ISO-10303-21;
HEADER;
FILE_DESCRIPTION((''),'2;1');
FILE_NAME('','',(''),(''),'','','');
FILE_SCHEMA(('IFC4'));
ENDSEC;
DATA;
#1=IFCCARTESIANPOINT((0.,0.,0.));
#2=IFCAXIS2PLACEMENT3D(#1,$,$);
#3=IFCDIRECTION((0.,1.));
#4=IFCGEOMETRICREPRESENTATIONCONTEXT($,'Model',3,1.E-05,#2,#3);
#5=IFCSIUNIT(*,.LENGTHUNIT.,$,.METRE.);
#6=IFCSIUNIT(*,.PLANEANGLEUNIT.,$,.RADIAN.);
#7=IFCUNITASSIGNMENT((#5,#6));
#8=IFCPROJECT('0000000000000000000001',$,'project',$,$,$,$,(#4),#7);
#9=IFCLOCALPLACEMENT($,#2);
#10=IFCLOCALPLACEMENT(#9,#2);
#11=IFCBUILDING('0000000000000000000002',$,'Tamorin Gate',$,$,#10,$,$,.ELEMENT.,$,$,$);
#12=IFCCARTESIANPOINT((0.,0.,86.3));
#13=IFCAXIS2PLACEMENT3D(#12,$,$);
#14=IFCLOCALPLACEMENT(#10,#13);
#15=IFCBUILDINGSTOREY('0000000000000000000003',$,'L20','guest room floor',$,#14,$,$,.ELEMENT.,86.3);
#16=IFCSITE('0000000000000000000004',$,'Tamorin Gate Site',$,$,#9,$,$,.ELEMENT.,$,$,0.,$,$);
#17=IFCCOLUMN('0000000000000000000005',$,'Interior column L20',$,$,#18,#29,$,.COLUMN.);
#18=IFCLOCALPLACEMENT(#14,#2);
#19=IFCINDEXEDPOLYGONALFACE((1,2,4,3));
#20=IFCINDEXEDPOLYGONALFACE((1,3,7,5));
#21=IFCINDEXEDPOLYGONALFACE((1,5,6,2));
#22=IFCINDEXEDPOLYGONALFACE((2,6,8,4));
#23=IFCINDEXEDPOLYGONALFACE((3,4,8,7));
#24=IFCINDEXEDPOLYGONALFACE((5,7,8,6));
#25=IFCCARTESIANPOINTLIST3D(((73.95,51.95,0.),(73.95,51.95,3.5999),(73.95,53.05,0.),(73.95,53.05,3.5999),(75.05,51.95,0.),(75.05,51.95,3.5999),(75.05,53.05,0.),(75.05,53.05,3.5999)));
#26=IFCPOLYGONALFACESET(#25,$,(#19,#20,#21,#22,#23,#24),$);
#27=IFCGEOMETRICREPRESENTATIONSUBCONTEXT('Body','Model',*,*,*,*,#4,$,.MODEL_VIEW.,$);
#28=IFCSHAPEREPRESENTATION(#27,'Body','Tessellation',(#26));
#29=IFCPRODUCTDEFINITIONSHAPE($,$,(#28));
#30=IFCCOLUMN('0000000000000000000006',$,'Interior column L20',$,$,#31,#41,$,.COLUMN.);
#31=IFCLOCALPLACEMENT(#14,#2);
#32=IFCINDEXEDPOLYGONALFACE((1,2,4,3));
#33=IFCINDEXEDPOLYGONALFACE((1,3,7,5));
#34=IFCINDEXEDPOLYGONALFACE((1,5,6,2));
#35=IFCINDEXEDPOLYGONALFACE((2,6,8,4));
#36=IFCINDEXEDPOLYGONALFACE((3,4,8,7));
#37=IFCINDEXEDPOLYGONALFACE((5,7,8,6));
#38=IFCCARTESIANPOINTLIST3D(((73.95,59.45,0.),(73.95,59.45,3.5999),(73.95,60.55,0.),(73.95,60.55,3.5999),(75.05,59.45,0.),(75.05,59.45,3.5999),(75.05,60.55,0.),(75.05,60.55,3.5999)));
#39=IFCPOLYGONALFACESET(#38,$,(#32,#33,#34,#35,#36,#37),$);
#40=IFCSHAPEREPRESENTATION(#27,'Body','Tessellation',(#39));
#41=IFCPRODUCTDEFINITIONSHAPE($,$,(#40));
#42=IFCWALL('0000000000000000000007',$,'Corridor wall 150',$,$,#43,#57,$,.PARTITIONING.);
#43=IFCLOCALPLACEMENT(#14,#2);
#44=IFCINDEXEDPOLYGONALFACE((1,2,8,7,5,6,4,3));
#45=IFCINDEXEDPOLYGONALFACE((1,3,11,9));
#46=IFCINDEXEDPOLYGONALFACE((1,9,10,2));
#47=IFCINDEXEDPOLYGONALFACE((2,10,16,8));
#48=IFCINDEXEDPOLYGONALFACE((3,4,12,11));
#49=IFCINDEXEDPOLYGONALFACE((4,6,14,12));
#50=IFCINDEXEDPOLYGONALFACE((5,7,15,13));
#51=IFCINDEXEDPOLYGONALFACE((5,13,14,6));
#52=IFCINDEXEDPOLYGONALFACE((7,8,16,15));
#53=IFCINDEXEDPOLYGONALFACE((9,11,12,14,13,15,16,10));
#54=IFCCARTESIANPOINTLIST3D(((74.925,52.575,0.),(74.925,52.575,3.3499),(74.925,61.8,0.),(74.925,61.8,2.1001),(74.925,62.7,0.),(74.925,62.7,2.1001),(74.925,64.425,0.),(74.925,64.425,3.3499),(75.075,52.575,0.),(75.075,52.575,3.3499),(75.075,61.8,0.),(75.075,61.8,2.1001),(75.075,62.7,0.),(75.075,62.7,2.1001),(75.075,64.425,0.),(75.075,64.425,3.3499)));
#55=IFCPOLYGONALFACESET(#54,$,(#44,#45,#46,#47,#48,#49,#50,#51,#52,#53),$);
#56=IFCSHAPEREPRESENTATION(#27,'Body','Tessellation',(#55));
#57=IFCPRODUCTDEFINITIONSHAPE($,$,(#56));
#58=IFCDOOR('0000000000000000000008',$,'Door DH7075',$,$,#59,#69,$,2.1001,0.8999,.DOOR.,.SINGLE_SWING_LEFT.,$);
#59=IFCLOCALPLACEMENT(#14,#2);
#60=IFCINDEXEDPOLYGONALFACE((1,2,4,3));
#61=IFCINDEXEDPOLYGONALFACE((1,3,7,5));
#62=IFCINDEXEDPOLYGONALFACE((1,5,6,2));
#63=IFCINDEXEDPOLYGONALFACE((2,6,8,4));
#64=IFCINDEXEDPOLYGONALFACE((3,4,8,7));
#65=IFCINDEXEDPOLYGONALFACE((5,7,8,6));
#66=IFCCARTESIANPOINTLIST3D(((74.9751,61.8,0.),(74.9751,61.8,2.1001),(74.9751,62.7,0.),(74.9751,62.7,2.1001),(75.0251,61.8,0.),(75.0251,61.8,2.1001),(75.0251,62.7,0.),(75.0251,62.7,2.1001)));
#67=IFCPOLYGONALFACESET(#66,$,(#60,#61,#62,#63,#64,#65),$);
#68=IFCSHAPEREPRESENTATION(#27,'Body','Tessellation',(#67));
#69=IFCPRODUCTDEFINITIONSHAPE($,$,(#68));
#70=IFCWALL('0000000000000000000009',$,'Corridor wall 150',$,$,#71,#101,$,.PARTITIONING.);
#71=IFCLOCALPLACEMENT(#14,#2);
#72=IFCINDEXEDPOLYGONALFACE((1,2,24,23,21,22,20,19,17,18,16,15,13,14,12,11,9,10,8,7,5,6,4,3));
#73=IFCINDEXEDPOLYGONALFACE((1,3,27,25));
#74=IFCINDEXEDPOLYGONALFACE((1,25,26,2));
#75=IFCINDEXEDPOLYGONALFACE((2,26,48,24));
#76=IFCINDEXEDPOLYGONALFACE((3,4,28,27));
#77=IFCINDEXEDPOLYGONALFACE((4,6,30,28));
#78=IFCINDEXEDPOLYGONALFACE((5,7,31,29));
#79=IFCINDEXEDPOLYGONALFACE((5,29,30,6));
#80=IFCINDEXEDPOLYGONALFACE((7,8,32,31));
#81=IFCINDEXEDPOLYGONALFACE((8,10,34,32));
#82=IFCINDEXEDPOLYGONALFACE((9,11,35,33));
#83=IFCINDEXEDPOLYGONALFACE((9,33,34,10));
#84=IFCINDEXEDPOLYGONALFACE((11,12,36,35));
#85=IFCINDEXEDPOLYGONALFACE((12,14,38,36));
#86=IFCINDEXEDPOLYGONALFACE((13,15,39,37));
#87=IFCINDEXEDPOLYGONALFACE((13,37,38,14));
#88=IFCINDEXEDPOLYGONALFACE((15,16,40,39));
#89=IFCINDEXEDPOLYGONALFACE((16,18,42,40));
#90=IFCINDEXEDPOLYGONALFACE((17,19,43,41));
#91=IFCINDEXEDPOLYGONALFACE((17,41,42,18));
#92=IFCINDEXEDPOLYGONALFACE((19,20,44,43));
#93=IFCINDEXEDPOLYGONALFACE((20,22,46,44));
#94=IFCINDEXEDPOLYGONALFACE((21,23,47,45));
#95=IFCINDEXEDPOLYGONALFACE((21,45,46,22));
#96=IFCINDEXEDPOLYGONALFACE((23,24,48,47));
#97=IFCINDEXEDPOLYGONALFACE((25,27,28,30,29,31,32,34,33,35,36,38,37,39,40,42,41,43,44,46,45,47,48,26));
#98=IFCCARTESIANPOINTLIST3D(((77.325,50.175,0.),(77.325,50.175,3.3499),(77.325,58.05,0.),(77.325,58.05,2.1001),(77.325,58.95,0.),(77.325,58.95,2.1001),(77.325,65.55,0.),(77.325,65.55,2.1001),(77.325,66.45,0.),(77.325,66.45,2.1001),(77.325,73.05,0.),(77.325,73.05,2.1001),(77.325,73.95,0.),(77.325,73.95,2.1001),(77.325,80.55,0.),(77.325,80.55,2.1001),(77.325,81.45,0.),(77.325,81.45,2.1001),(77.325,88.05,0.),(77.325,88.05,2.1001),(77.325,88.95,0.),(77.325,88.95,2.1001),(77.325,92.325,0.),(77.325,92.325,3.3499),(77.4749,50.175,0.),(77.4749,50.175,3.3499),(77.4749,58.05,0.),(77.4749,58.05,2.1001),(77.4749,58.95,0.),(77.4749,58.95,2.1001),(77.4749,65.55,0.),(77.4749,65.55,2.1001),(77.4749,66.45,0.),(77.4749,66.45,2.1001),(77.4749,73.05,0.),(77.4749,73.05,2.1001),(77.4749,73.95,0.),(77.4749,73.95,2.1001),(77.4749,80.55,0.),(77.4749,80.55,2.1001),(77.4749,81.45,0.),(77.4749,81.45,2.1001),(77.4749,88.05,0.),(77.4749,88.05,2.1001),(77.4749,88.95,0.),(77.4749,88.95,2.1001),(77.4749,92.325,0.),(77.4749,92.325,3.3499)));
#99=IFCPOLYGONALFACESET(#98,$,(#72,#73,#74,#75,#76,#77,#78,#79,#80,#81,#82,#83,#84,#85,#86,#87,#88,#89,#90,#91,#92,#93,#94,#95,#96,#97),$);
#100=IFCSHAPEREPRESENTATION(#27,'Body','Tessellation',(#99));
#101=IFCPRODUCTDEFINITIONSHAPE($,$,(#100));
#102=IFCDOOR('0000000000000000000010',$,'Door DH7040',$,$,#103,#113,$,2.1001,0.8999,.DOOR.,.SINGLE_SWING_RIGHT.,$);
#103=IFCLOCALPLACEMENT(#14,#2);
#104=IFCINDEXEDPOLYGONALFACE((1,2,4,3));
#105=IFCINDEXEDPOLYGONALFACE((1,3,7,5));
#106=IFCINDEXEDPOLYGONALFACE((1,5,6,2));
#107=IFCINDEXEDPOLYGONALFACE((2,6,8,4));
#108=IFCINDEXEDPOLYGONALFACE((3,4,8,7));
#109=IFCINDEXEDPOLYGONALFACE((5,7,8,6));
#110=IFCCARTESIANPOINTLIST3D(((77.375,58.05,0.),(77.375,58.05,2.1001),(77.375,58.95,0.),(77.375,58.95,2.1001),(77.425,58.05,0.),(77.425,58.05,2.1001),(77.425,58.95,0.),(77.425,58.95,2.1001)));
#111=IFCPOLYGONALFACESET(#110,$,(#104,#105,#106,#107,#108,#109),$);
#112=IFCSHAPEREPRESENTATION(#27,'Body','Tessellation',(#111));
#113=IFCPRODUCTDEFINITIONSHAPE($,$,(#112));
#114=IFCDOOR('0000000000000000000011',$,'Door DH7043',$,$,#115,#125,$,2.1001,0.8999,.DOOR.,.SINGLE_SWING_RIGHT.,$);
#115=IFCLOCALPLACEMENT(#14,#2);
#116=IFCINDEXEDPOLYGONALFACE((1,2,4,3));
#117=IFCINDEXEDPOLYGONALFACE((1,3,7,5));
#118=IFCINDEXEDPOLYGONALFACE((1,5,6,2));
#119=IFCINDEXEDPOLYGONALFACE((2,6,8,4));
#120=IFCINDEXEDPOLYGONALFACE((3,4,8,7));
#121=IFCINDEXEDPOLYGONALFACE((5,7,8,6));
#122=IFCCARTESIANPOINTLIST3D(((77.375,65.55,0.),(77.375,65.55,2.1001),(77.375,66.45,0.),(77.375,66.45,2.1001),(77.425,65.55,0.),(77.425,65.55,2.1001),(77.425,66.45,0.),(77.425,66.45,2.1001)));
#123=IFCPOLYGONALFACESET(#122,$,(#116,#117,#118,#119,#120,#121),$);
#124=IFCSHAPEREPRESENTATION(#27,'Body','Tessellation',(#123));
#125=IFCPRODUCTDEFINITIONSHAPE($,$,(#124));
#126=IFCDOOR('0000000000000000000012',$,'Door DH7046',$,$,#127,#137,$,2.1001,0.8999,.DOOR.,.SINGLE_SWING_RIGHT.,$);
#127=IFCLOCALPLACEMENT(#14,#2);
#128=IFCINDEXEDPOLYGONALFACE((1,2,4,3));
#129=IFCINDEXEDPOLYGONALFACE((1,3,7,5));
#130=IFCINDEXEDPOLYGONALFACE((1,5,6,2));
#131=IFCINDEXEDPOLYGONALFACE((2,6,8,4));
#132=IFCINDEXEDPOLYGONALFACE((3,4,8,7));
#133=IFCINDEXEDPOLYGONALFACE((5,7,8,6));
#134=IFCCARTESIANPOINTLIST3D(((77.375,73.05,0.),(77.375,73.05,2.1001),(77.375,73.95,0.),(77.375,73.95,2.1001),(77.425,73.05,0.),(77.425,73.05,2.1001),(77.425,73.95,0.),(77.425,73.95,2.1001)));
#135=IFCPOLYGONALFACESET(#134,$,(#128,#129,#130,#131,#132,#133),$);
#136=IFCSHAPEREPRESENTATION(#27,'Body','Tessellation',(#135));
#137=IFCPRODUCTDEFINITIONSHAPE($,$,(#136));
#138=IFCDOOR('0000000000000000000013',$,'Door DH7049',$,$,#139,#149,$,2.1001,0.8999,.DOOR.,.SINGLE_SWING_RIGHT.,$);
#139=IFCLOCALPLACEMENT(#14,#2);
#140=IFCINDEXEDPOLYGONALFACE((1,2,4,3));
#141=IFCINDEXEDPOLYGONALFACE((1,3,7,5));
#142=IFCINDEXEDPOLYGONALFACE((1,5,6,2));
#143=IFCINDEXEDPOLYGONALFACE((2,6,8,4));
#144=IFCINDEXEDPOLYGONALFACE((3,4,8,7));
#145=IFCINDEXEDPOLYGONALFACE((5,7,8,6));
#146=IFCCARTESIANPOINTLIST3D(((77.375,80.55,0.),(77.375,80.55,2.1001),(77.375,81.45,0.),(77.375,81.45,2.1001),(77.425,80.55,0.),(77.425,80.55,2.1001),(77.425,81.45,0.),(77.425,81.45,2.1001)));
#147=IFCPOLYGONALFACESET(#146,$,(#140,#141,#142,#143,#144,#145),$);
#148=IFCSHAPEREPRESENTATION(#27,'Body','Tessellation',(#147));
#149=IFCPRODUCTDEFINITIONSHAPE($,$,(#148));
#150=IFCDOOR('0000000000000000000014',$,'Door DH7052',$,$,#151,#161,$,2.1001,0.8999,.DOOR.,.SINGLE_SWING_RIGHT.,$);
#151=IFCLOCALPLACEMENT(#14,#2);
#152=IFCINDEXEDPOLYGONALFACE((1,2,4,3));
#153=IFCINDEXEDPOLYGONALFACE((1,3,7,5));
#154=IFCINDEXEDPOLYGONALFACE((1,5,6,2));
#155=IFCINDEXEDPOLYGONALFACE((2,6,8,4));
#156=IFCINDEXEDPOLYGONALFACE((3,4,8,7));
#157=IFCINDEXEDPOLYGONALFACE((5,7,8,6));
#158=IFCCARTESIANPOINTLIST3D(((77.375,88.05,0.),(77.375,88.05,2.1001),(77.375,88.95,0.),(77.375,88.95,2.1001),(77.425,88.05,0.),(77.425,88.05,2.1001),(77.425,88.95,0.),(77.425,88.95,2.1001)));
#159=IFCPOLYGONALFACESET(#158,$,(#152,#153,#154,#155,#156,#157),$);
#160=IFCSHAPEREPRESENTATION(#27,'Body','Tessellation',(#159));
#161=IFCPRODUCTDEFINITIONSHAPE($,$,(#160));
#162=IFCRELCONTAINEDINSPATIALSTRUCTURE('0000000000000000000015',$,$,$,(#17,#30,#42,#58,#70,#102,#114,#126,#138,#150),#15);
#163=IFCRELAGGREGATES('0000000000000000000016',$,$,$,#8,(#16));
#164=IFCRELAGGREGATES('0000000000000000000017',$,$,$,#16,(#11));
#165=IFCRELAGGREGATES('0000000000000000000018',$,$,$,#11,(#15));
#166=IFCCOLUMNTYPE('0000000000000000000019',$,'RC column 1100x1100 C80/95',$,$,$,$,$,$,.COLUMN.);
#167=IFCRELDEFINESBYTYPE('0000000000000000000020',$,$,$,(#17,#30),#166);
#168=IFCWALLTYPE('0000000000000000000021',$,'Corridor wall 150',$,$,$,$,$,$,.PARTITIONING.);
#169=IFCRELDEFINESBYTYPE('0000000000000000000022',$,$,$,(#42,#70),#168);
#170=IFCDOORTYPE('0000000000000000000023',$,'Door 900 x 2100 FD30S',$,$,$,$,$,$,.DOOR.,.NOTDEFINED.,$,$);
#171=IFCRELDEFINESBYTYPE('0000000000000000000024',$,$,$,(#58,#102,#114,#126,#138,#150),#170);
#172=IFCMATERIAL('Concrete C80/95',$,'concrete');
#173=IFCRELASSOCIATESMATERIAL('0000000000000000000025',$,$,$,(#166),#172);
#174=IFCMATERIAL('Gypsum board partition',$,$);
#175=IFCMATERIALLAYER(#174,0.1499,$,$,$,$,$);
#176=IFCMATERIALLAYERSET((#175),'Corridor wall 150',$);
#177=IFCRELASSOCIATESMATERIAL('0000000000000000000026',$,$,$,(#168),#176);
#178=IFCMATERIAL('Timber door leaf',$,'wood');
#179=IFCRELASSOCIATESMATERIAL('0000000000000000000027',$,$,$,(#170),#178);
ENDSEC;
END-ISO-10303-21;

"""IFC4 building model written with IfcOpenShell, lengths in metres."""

from ifc_helpers import new_model, si_unit, direction, frame, frame_2d, origin, origin_2d, place, context, subcontext, project, spatial, rectangle, extrude, material, layer, layer_set, material_profile, profile_set, type_object, element, fill, save


model = new_model("IFC4")

# Units and contexts
model_context = context("Model", 3, precision=1e-05, world=origin(), true_north=direction((0.0, 1.0)))
body_context = subcontext(model_context, "Body", "Model", "MODEL_VIEW")
ifc_project = project(units=[si_unit("LENGTHUNIT", "METRE"), si_unit("PLANEANGLEUNIT", "RADIAN")], contexts=[model_context])

# Site, building, storey
site_placement = place(None, origin())
site = spatial("IfcSite", under=ifc_project, at=site_placement, Name="Tamorin Gate Site", CompositionType="ELEMENT", RefElevation=0.0)
building_placement = place(site_placement, origin())
building = spatial("IfcBuilding", under=site, at=building_placement, Name="Tamorin Gate", CompositionType="ELEMENT")
storey_placement = place(building_placement, frame((0.0, 0.0, 86.3)))
storey = spatial("IfcBuildingStorey", under=building, at=storey_placement, Name="L20", Description="guest room floor", CompositionType="ELEMENT", Elevation=86.3)

# Columns
ifc_material_1 = material(Name="Concrete C80/95", Category="concrete")
ifc_material_profile = material_profile(ifc_material_1, rectangle(XDim=1.1001, YDim=1.1001, at=origin_2d()), Name="RC 1100x1100")
ifc_profile_set = profile_set([ifc_material_profile], Name="Concrete C80/95")
column_type = type_object("IfcColumnType", Name="RC column 1100x1100 C80/95", PredefinedType="COLUMN", material=ifc_profile_set)
for number, where, z_axis, x_axis, name in (
    (1, (74.5, 52.5, 0.0), (0.0, 0.0, 1.0), (1.0, 0.0, 0.0), "Interior column L20"),
    (2, (74.5, 60.0, 0.0), (0.0, 0.0, 1.0), (1.0, 0.0, 0.0), "Interior column L20"),
):
    element("IfcColumn", number, at=place(storey_placement, frame(where, z_axis=z_axis, x_axis=x_axis)), inside=storey, type_object=column_type, Name=name, PredefinedType="COLUMN", context=body_context, shape_type="SweptSolid", body=[
        extrude(rectangle(XDim=1.1001, YDim=1.1001, at=origin_2d()), origin(), (0.0, 0.0, 1.0), 3.5999),
    ])

# Wall, opening, door
ifc_material_2 = material(Name="Gypsum board partition")
ifc_layer_1 = layer(ifc_material_2, 0.1499)
ifc_layer_set_1 = layer_set([ifc_layer_1], Name="Corridor wall 150")
wall_type_1 = type_object("IfcWallType", Name="Corridor wall 150", PredefinedType="PARTITIONING", material=ifc_layer_set_1)
wall_1_placement = place(storey_placement, frame((75.0, 52.575, 0.0), z_axis=(0.0, 0.0, 1.0), x_axis=(0.0, 1.0, 0.0)))
wall_1 = element("IfcWall", 3, at=wall_1_placement, inside=storey, type_object=wall_type_1, Name="Corridor wall 150", PredefinedType="PARTITIONING", context=body_context, shape_type="SweptSolid", body=[
    extrude(rectangle(XDim=11.8501, YDim=0.1499, at=frame_2d((5.925, 0.0))), origin(), (0.0, 0.0, 1.0), 3.3499),
])
opening_1_placement = place(wall_1_placement, frame((9.2251, 0.0, 0.0)))
opening_1 = element("IfcOpeningElement", 4, at=opening_1_placement, cuts=wall_1, PredefinedType="OPENING", context=body_context, shape_type="SweptSolid", body=[
    extrude(rectangle(XDim=0.8999, YDim=2.1001, at=frame_2d((0.45, 1.05))), frame((0.0, 0.085, 0.0), z_axis=(0.0, -1.0, 0.0), x_axis=(1.0, 0.0, 0.0)), (0.0, 0.0, 1.0), 0.1699),
])
ifc_material_3 = material(Name="Timber door leaf", Category="wood")
door_type_1 = type_object("IfcDoorType", Name="Door 900 x 2100 FD30S", OperationType="NOTDEFINED", PredefinedType="DOOR", material=ifc_material_3)
door_1_placement = place(opening_1_placement, origin())
door_1 = element("IfcDoor", 5, at=door_1_placement, inside=storey, type_object=door_type_1, Name="Door DH7075", OperationType="SINGLE_SWING_LEFT", OverallHeight=2.1001, OverallWidth=0.8999, PredefinedType="DOOR", context=body_context, shape_type="SweptSolid", body=[
    extrude(rectangle(XDim=0.8999, YDim=2.1001, at=frame_2d((0.45, 1.05))), frame((0.0, 0.0249, 0.0), z_axis=(0.0, -1.0, 0.0), x_axis=(1.0, 0.0, 0.0)), (0.0, 0.0, 1.0), 0.05),
])
fill(opening_1, door_1)

# Wall, openings, doors
wall_2_placement = place(storey_placement, frame((77.3999, 50.175, 0.0), z_axis=(0.0, 0.0, 1.0), x_axis=(0.0, 1.0, 0.0)))
wall_2 = element("IfcWall", 6, at=wall_2_placement, inside=storey, type_object=wall_type_1, Name="Corridor wall 150", PredefinedType="PARTITIONING", context=body_context, shape_type="SweptSolid", body=[
    extrude(rectangle(XDim=42.1499, YDim=0.1499, at=frame_2d((21.075, 0.0))), origin(), (0.0, 0.0, 1.0), 3.3499),
])
opening_2_placement = place(wall_2_placement, frame((7.875, 0.0, 0.0)))
opening_2 = element("IfcOpeningElement", 7, at=opening_2_placement, cuts=wall_2, PredefinedType="OPENING", context=body_context, shape_type="SweptSolid", body=[
    extrude(rectangle(XDim=0.8999, YDim=2.1001, at=frame_2d((0.45, 1.05))), frame((0.0, 0.085, 0.0), z_axis=(0.0, -1.0, 0.0), x_axis=(1.0, 0.0, 0.0)), (0.0, 0.0, 1.0), 0.1699),
])
opening_3_placement = place(wall_2_placement, frame((15.375, 0.0, 0.0)))
opening_3 = element("IfcOpeningElement", 8, at=opening_3_placement, cuts=wall_2, PredefinedType="OPENING", context=body_context, shape_type="SweptSolid", body=[
    extrude(rectangle(XDim=0.8999, YDim=2.1001, at=frame_2d((0.45, 1.05))), frame((0.0, 0.085, 0.0), z_axis=(0.0, -1.0, 0.0), x_axis=(1.0, 0.0, 0.0)), (0.0, 0.0, 1.0), 0.1699),
])
opening_4_placement = place(wall_2_placement, frame((22.875, 0.0, 0.0)))
opening_4 = element("IfcOpeningElement", 9, at=opening_4_placement, cuts=wall_2, PredefinedType="OPENING", context=body_context, shape_type="SweptSolid", body=[
    extrude(rectangle(XDim=0.8999, YDim=2.1001, at=frame_2d((0.45, 1.05))), frame((0.0, 0.085, 0.0), z_axis=(0.0, -1.0, 0.0), x_axis=(1.0, 0.0, 0.0)), (0.0, 0.0, 1.0), 0.1699),
])
opening_5_placement = place(wall_2_placement, frame((30.375, 0.0, 0.0)))
opening_5 = element("IfcOpeningElement", 10, at=opening_5_placement, cuts=wall_2, PredefinedType="OPENING", context=body_context, shape_type="SweptSolid", body=[
    extrude(rectangle(XDim=0.8999, YDim=2.1001, at=frame_2d((0.45, 1.05))), frame((0.0, 0.085, 0.0), z_axis=(0.0, -1.0, 0.0), x_axis=(1.0, 0.0, 0.0)), (0.0, 0.0, 1.0), 0.1699),
])
opening_6_placement = place(wall_2_placement, frame((37.875, 0.0, 0.0)))
opening_6 = element("IfcOpeningElement", 11, at=opening_6_placement, cuts=wall_2, PredefinedType="OPENING", context=body_context, shape_type="SweptSolid", body=[
    extrude(rectangle(XDim=0.8999, YDim=2.1001, at=frame_2d((0.45, 1.05))), frame((0.0, 0.085, 0.0), z_axis=(0.0, -1.0, 0.0), x_axis=(1.0, 0.0, 0.0)), (0.0, 0.0, 1.0), 0.1699),
])
door_2_placement = place(opening_2_placement, origin())
door_2 = element("IfcDoor", 12, at=door_2_placement, inside=storey, type_object=door_type_1, Name="Door DH7040", OperationType="SINGLE_SWING_RIGHT", OverallHeight=2.1001, OverallWidth=0.8999, PredefinedType="DOOR", context=body_context, shape_type="SweptSolid", body=[
    extrude(rectangle(XDim=0.8999, YDim=2.1001, at=frame_2d((0.45, 1.05))), frame((0.0, 0.0249, 0.0), z_axis=(0.0, -1.0, 0.0), x_axis=(1.0, 0.0, 0.0)), (0.0, 0.0, 1.0), 0.05),
])
fill(opening_2, door_2)
door_3_placement = place(opening_3_placement, origin())
door_3 = element("IfcDoor", 13, at=door_3_placement, inside=storey, type_object=door_type_1, Name="Door DH7043", OperationType="SINGLE_SWING_RIGHT", OverallHeight=2.1001, OverallWidth=0.8999, PredefinedType="DOOR", context=body_context, shape_type="SweptSolid", body=[
    extrude(rectangle(XDim=0.8999, YDim=2.1001, at=frame_2d((0.45, 1.05))), frame((0.0, 0.0249, 0.0), z_axis=(0.0, -1.0, 0.0), x_axis=(1.0, 0.0, 0.0)), (0.0, 0.0, 1.0), 0.05),
])
fill(opening_3, door_3)
door_4_placement = place(opening_4_placement, origin())
door_4 = element("IfcDoor", 14, at=door_4_placement, inside=storey, type_object=door_type_1, Name="Door DH7046", OperationType="SINGLE_SWING_RIGHT", OverallHeight=2.1001, OverallWidth=0.8999, PredefinedType="DOOR", context=body_context, shape_type="SweptSolid", body=[
    extrude(rectangle(XDim=0.8999, YDim=2.1001, at=frame_2d((0.45, 1.05))), frame((0.0, 0.0249, 0.0), z_axis=(0.0, -1.0, 0.0), x_axis=(1.0, 0.0, 0.0)), (0.0, 0.0, 1.0), 0.05),
])
fill(opening_4, door_4)
door_5_placement = place(opening_5_placement, origin())
door_5 = element("IfcDoor", 15, at=door_5_placement, inside=storey, type_object=door_type_1, Name="Door DH7049", OperationType="SINGLE_SWING_RIGHT", OverallHeight=2.1001, OverallWidth=0.8999, PredefinedType="DOOR", context=body_context, shape_type="SweptSolid", body=[
    extrude(rectangle(XDim=0.8999, YDim=2.1001, at=frame_2d((0.45, 1.05))), frame((0.0, 0.0249, 0.0), z_axis=(0.0, -1.0, 0.0), x_axis=(1.0, 0.0, 0.0)), (0.0, 0.0, 1.0), 0.05),
])
fill(opening_5, door_5)
door_6_placement = place(opening_6_placement, origin())
door_6 = element("IfcDoor", 16, at=door_6_placement, inside=storey, type_object=door_type_1, Name="Door DH7052", OperationType="SINGLE_SWING_RIGHT", OverallHeight=2.1001, OverallWidth=0.8999, PredefinedType="DOOR", context=body_context, shape_type="SweptSolid", body=[
    extrude(rectangle(XDim=0.8999, YDim=2.1001, at=frame_2d((0.45, 1.05))), frame((0.0, 0.0249, 0.0), z_axis=(0.0, -1.0, 0.0), x_axis=(1.0, 0.0, 0.0)), (0.0, 0.0, 1.0), 0.05),
])
fill(opening_6, door_6)

save(model, "model.ifc")
